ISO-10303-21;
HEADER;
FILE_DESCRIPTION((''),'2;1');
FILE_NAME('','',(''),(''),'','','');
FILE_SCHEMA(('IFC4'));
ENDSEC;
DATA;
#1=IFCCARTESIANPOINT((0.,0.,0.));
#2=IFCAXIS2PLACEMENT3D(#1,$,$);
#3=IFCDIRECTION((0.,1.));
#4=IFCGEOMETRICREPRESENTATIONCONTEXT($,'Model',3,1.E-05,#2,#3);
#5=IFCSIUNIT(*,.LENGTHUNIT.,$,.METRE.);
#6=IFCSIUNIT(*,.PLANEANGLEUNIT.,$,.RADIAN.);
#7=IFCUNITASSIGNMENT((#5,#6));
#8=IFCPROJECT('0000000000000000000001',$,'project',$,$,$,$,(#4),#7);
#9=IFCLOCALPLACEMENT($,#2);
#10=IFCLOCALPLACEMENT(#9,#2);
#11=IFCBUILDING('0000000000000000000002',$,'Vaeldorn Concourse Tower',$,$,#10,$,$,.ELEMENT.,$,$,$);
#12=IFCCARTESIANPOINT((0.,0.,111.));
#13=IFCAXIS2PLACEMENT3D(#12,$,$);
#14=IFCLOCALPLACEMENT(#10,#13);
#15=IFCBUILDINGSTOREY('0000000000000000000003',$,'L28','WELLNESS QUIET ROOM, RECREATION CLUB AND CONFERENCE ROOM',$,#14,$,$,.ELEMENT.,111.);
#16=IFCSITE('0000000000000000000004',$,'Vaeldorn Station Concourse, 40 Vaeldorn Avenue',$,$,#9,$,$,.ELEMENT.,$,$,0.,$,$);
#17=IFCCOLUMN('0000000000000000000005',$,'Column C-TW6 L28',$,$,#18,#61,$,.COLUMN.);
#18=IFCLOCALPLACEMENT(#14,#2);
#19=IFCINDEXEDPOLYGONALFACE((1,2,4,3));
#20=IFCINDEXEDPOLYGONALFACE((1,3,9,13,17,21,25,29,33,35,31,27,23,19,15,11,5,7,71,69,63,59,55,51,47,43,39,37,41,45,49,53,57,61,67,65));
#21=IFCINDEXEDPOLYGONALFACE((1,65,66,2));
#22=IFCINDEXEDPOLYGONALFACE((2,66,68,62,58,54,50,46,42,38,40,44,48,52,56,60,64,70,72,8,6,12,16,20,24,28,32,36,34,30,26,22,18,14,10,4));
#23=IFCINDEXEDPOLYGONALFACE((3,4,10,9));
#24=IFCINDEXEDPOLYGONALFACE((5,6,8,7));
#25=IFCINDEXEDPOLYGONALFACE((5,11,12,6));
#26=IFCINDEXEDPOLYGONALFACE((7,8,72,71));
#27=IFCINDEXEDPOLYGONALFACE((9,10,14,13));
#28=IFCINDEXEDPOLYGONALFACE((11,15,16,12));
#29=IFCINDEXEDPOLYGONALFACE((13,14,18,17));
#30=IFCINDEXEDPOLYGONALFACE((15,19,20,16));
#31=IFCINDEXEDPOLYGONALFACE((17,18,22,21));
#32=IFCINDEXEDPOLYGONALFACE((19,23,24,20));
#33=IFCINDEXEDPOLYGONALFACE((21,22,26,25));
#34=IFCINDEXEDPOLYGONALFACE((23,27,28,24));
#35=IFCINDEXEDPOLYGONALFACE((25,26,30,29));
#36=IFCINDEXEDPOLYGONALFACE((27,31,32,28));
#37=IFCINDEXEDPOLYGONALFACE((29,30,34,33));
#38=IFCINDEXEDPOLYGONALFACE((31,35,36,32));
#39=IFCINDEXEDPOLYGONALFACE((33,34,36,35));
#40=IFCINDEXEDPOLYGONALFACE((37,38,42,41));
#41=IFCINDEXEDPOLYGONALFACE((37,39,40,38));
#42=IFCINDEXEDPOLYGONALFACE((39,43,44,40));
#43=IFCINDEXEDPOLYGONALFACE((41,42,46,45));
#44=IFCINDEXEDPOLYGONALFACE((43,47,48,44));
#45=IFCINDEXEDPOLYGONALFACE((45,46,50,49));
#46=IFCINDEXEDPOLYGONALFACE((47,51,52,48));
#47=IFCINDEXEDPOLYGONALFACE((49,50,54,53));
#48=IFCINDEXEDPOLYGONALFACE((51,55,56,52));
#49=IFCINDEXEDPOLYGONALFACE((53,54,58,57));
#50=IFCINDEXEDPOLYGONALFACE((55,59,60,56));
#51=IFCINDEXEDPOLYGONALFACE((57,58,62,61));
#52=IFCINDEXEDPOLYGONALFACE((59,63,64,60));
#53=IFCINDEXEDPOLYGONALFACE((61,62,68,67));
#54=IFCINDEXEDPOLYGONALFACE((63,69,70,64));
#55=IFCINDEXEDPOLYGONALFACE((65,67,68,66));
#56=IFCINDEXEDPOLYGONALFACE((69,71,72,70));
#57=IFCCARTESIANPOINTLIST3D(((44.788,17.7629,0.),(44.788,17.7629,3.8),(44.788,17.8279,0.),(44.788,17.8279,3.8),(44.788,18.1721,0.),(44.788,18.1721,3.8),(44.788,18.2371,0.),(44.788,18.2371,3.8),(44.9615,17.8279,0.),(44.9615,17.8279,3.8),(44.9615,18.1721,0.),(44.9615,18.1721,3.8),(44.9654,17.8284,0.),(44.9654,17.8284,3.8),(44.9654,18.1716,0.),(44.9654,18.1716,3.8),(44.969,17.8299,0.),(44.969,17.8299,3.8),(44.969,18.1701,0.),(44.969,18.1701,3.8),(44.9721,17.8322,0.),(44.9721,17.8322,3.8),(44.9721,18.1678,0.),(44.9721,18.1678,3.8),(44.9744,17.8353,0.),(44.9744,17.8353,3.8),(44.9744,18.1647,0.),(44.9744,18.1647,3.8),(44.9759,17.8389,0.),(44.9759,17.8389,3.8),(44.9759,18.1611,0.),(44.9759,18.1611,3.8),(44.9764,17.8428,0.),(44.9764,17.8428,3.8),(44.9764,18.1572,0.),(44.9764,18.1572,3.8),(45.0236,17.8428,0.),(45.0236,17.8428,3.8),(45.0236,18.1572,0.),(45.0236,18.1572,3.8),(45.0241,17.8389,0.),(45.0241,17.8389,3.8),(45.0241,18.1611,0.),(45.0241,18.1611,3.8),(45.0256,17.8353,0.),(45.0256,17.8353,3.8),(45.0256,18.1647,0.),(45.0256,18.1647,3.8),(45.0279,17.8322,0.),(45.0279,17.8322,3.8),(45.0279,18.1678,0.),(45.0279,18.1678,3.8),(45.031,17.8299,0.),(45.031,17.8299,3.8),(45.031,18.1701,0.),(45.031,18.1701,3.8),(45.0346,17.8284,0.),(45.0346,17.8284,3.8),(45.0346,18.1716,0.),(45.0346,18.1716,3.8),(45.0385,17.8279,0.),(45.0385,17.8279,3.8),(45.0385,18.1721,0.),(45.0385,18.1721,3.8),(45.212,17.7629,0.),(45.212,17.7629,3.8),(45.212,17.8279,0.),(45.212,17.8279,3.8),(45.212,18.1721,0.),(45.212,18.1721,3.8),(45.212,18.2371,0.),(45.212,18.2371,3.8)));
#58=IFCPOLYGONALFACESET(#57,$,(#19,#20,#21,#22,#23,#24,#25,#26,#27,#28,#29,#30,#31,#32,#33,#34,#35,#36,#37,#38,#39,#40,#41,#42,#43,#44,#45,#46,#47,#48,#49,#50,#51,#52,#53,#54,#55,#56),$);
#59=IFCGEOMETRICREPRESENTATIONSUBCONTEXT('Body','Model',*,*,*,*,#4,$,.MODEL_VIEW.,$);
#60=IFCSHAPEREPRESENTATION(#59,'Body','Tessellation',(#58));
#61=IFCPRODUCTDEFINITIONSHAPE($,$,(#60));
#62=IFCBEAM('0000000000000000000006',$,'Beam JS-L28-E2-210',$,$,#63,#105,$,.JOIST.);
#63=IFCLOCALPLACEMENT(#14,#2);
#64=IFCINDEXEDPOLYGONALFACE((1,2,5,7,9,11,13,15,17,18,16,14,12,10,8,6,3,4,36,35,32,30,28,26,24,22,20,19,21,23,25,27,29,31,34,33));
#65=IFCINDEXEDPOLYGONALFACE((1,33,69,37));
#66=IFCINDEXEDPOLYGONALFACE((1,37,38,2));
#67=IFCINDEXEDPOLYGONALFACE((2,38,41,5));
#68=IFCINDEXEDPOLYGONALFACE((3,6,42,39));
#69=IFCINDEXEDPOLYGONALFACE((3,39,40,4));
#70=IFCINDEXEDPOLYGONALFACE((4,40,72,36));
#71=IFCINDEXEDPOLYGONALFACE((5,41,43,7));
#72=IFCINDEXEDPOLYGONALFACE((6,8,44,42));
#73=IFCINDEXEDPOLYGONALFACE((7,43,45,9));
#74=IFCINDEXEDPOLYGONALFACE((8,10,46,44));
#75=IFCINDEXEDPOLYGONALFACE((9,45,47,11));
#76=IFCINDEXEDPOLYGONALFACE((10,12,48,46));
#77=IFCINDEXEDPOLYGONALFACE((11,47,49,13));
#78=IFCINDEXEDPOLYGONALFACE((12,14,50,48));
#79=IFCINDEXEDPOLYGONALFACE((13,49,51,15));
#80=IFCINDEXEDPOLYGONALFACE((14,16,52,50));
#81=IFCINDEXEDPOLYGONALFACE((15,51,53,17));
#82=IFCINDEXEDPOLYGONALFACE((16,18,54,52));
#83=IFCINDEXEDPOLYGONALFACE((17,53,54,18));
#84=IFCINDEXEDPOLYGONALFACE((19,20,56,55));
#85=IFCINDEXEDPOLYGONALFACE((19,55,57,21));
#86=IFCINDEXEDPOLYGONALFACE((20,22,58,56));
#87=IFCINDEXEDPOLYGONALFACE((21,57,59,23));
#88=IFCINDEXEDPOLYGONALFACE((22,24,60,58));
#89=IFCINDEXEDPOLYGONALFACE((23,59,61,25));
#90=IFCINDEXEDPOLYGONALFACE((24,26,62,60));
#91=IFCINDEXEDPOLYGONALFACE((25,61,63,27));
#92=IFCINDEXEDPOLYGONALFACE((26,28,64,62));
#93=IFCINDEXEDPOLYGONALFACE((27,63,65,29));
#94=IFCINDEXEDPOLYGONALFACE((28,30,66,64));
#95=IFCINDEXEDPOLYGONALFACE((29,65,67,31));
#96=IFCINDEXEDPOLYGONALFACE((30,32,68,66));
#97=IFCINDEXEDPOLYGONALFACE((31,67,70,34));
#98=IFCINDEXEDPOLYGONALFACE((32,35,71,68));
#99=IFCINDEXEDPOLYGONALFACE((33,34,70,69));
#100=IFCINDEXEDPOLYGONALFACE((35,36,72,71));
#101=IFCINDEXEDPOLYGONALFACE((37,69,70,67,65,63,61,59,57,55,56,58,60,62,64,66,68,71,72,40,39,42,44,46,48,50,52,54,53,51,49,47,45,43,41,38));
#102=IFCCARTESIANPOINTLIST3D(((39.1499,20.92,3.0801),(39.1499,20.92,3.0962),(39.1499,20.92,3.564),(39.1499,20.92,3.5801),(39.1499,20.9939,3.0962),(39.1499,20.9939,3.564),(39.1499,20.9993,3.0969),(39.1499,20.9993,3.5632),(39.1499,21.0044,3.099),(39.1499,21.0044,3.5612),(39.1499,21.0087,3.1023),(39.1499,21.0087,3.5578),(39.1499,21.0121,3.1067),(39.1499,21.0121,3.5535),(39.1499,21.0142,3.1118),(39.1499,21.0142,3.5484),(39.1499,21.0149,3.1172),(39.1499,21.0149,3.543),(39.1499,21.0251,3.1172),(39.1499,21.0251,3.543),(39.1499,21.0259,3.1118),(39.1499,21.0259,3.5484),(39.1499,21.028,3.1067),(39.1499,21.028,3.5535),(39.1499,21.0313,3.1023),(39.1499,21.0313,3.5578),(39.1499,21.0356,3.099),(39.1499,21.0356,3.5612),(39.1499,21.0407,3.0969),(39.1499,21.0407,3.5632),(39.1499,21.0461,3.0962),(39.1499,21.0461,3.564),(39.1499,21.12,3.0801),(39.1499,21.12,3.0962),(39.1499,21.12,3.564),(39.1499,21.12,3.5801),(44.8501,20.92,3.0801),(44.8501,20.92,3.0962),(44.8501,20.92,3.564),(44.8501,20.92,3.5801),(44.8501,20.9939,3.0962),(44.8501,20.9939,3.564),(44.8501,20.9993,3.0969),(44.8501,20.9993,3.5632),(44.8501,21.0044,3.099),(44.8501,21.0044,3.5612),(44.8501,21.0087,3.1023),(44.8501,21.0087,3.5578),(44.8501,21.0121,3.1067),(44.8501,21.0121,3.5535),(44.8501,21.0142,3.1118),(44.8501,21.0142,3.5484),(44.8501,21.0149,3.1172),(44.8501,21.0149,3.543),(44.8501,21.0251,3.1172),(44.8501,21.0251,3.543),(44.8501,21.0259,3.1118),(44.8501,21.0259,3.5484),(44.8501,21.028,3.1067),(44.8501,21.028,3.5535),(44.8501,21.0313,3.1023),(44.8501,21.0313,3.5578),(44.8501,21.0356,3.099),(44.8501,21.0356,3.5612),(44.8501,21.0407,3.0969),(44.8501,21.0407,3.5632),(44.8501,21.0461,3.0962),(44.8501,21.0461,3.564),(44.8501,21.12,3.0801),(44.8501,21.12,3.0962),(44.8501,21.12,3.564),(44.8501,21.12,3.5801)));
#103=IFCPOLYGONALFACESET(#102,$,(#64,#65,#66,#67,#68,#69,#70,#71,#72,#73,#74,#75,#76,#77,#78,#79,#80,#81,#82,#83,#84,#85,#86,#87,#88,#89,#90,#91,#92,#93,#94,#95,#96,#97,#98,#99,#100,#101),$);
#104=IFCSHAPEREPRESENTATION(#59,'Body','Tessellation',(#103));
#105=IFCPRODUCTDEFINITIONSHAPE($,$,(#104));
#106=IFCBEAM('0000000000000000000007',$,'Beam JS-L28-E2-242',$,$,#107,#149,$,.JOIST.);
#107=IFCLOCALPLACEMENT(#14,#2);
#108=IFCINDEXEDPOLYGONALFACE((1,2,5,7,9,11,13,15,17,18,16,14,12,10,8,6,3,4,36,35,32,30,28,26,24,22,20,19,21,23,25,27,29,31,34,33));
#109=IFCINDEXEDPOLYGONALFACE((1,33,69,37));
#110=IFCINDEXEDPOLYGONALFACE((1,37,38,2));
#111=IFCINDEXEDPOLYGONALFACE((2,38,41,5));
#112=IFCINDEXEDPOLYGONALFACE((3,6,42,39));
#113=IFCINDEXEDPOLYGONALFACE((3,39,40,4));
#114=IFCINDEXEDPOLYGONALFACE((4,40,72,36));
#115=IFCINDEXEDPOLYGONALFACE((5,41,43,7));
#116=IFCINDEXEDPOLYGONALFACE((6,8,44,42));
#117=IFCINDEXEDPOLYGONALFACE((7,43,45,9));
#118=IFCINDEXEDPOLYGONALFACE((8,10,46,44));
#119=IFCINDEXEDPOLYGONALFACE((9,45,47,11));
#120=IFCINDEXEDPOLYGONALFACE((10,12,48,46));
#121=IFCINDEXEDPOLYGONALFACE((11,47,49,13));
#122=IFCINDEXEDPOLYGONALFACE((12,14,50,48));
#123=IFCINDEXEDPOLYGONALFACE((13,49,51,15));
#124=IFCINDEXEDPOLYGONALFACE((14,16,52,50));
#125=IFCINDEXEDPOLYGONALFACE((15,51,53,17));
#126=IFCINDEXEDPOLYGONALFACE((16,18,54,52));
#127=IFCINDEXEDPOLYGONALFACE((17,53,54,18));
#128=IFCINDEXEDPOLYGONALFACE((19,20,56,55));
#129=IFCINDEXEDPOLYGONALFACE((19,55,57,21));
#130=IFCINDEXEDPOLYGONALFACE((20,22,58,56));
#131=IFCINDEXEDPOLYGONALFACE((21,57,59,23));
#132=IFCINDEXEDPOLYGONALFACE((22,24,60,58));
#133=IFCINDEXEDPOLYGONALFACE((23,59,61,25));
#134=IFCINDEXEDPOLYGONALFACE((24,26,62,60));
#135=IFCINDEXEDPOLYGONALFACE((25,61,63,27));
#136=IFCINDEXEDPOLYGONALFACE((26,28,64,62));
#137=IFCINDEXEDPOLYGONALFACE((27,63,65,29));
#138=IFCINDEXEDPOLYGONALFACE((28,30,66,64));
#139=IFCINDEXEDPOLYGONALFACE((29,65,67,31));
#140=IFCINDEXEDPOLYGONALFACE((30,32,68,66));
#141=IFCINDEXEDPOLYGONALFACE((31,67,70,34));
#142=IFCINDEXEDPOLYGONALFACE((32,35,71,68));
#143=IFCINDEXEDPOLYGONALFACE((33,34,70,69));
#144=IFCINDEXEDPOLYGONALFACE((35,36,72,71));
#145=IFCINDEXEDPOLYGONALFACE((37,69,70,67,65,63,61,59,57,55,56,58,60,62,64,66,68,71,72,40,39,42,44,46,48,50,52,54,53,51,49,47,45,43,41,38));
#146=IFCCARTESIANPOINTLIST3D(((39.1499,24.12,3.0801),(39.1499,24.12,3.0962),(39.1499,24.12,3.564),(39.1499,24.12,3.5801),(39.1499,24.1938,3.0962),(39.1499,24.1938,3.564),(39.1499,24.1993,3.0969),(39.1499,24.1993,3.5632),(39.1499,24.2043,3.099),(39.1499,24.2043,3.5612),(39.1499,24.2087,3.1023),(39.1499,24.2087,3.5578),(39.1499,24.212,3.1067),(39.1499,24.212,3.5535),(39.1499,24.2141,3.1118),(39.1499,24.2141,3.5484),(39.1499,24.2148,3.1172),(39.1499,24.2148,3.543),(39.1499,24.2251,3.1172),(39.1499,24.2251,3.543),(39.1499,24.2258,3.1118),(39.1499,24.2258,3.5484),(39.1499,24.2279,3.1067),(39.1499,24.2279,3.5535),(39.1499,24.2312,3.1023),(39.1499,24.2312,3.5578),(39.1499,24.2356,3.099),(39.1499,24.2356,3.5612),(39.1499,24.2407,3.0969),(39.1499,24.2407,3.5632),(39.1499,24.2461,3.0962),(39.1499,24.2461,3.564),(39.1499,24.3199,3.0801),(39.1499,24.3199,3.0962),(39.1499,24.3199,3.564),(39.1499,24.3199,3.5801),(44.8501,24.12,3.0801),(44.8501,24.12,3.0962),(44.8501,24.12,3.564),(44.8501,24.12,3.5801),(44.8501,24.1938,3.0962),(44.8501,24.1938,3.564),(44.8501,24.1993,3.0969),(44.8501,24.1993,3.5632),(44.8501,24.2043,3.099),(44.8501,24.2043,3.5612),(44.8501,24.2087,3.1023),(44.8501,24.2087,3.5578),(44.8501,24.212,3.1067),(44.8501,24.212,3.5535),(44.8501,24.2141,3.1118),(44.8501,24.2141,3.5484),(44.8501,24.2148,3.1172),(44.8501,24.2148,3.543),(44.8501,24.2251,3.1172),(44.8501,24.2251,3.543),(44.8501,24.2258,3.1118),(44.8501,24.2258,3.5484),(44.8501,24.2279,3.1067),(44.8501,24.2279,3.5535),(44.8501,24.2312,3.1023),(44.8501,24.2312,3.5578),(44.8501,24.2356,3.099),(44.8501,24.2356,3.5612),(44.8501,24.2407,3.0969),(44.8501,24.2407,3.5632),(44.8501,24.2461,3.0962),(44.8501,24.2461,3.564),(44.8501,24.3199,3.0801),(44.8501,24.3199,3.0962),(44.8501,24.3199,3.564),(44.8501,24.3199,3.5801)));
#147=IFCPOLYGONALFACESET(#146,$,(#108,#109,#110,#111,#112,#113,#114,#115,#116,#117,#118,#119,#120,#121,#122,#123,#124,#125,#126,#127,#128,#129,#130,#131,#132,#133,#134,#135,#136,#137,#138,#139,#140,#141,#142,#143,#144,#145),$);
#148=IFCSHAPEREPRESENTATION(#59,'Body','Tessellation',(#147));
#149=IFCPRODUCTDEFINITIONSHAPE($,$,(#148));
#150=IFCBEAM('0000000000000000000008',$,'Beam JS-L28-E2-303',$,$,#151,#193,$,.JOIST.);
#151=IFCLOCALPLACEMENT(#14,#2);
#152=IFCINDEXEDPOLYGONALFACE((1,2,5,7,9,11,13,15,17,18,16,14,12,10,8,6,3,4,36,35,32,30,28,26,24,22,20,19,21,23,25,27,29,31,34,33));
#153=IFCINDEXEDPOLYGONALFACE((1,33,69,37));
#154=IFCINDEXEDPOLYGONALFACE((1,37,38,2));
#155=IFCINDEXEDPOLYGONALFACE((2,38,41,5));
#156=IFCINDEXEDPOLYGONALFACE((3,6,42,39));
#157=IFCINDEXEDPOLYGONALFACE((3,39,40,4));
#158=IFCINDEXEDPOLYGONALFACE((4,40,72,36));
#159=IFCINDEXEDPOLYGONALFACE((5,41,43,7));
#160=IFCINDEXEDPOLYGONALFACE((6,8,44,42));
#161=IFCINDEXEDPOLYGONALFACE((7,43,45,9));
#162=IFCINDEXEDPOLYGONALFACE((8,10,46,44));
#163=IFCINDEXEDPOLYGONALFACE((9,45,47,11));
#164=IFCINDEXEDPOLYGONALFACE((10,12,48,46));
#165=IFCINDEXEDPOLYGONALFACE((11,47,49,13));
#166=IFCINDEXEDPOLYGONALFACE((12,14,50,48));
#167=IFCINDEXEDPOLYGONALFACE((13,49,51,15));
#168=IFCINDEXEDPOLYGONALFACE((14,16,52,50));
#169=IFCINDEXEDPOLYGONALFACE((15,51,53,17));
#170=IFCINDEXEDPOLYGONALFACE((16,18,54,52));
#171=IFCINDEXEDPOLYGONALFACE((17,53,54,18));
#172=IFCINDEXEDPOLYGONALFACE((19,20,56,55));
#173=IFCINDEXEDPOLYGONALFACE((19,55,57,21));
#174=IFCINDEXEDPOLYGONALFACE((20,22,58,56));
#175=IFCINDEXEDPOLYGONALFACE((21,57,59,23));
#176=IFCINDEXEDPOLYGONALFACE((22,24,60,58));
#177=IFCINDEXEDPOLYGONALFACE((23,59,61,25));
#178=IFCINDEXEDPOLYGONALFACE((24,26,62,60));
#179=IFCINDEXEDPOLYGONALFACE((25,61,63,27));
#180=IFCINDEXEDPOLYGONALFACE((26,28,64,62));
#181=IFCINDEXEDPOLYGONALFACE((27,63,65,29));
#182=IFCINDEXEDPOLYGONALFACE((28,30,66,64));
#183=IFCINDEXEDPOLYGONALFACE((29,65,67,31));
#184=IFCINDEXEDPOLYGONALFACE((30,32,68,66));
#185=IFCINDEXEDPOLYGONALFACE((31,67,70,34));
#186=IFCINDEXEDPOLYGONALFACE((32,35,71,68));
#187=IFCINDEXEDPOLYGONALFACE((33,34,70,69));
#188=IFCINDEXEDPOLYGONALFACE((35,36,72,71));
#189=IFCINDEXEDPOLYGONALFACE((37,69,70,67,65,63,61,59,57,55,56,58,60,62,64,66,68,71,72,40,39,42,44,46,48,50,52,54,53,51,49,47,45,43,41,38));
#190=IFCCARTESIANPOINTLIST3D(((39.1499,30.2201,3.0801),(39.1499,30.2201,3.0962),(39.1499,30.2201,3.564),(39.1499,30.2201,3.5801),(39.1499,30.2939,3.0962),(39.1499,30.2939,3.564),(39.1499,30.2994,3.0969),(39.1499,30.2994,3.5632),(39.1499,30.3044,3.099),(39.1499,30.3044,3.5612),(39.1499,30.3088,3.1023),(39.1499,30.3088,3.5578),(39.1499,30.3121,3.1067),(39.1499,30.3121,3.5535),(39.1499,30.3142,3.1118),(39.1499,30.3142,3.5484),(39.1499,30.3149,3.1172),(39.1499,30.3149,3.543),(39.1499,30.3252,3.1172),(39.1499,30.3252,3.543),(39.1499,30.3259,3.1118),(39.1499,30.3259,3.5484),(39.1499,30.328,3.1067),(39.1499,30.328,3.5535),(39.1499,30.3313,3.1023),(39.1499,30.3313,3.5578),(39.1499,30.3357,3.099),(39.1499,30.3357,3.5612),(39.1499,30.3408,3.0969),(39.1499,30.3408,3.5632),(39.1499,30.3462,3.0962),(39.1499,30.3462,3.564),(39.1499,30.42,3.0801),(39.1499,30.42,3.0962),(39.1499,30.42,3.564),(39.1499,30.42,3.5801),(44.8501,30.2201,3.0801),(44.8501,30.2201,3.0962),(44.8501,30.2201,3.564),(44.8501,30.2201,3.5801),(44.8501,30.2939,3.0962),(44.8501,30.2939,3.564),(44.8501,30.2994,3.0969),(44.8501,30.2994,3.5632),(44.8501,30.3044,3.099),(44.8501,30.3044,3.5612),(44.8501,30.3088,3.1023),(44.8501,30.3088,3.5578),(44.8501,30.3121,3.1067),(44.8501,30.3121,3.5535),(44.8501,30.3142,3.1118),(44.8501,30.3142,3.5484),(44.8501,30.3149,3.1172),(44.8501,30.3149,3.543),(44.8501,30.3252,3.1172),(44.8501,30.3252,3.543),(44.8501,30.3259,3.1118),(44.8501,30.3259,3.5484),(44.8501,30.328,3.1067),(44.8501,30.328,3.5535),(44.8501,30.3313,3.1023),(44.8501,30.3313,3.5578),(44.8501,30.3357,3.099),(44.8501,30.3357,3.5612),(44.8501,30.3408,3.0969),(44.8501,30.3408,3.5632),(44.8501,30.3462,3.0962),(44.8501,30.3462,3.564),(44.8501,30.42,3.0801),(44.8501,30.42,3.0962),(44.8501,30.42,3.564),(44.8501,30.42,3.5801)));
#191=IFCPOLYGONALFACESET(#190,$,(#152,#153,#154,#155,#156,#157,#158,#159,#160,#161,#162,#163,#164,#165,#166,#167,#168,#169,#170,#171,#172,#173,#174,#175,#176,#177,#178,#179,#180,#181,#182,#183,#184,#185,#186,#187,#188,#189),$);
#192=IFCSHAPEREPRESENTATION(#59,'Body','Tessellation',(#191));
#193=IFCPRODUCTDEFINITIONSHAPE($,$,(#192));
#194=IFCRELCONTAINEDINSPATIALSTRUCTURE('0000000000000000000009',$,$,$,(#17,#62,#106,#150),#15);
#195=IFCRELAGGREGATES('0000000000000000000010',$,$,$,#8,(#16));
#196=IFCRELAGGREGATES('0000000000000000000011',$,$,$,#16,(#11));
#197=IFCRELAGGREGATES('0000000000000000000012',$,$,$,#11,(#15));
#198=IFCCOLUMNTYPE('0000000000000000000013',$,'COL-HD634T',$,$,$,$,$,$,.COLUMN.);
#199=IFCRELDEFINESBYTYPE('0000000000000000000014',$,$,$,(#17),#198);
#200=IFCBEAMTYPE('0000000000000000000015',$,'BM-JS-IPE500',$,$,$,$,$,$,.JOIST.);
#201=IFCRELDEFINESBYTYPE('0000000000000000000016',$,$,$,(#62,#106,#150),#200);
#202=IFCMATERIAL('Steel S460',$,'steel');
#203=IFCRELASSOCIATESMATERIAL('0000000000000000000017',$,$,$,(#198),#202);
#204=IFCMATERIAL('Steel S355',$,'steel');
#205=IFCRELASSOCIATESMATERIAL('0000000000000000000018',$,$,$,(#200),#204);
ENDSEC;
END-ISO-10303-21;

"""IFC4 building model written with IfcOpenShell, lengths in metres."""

from ifc_helpers import new_model, si_unit, direction, frame, origin, origin_2d, place, context, subcontext, project, spatial, i_section, extrude, source, transform, mapped, material, material_profile, profile_set, type_object, element, save


model = new_model("IFC4")

# Units and contexts
model_context = context("Model", 3, precision=1e-05, world=origin(), true_north=direction((0.0, 1.0)))
body_context = subcontext(model_context, "Body", "Model", "MODEL_VIEW")
ifc_project = project(units=[si_unit("LENGTHUNIT", "METRE"), si_unit("PLANEANGLEUNIT", "RADIAN")], contexts=[model_context])

# Site, building, storey
site_placement = place(None, origin())
site = spatial("IfcSite", under=ifc_project, at=site_placement, Name="Vaeldorn Station Concourse, 40 Vaeldorn Avenue", CompositionType="ELEMENT", RefElevation=0.0)
building_placement = place(site_placement, origin())
building = spatial("IfcBuilding", under=site, at=building_placement, Name="Vaeldorn Concourse Tower", CompositionType="ELEMENT")
storey_placement = place(building_placement, frame((0.0, 0.0, 111.0)))
storey = spatial("IfcBuildingStorey", under=building, at=storey_placement, Name="L28", Description="WELLNESS QUIET ROOM, RECREATION CLUB AND CONFERENCE ROOM", CompositionType="ELEMENT", Elevation=111.0)

# Column
ifc_material_1 = material(Name="Steel S460", Category="steel")
ifc_material_profile_1 = material_profile(ifc_material_1, i_section(OverallWidth=0.4241, OverallDepth=0.4741, WebThickness=0.0471, FlangeThickness=0.0649, FilletRadius=0.0149, at=origin_2d()), Name="HD 400x634")
ifc_profile_set_1 = profile_set([ifc_material_profile_1], Name="Steel S460")
column_type_1 = type_object("IfcColumnType", Name="COL-HD634T", PredefinedType="COLUMN", material=ifc_profile_set_1)
shared_shape_1 = source(origin(), body_context, "Body", "SweptSolid", [
    extrude(i_section(OverallWidth=0.4241, OverallDepth=0.4741, WebThickness=0.0471, FlangeThickness=0.0649, FilletRadius=0.0149, at=origin_2d()), origin(), (0.0, 0.0, 1.0), 3.8),
])
for number, where, z_axis, x_axis, name in (
    (1, (45.0, 18.0, 0.0), (0.0, 0.0, 1.0), (1.0, 0.0, 0.0), "Column C-TW6 L28"),
):
    element("IfcColumn", number, at=place(storey_placement, frame(where, z_axis=z_axis, x_axis=x_axis)), inside=storey, type_object=column_type_1, Name=name, PredefinedType="COLUMN", context=body_context, shape_type="MappedRepresentation", body=[
        mapped(shared_shape_1, transform((0.0, 0.0, 0.0), scale=1.0)),
    ])

# Beams
ifc_material_2 = material(Name="Steel S355", Category="steel")
ifc_material_profile_2 = material_profile(ifc_material_2, i_section(OverallWidth=0.2, OverallDepth=0.5, WebThickness=0.0103, FlangeThickness=0.0161, FilletRadius=0.021, at=origin_2d()), Name="IPE 500")
ifc_profile_set_2 = profile_set([ifc_material_profile_2], Name="Steel S355")
beam_type_1 = type_object("IfcBeamType", Name="BM-JS-IPE500", PredefinedType="JOIST", material=ifc_profile_set_2)
shared_shape_2 = source(origin(), body_context, "Body", "SweptSolid", [
    extrude(i_section(OverallWidth=0.2, OverallDepth=0.5, WebThickness=0.0103, FlangeThickness=0.0161, FilletRadius=0.021, at=origin_2d()), origin(), (0.0, 0.0, 1.0), 5.7002),
])
for number, where, z_axis, x_axis, name in (
    (2, (39.1499, 21.02, 3.3301), (1.0, 0.0, 0.0), (0.0, 1.0, 0.0), "Beam JS-L28-E2-210"),
    (3, (39.1499, 24.22, 3.3301), (1.0, 0.0, 0.0), (0.0, 1.0, 0.0), "Beam JS-L28-E2-242"),
    (4, (39.1499, 30.3201, 3.3301), (1.0, 0.0, 0.0), (0.0, 1.0, 0.0), "Beam JS-L28-E2-303"),
):
    element("IfcBeam", number, at=place(storey_placement, frame(where, z_axis=z_axis, x_axis=x_axis)), inside=storey, type_object=beam_type_1, Name=name, PredefinedType="JOIST", context=body_context, shape_type="MappedRepresentation", body=[
        mapped(shared_shape_2, transform((0.0, 0.0, 0.0), scale=1.0)),
    ])

save(model, "model.ifc")
